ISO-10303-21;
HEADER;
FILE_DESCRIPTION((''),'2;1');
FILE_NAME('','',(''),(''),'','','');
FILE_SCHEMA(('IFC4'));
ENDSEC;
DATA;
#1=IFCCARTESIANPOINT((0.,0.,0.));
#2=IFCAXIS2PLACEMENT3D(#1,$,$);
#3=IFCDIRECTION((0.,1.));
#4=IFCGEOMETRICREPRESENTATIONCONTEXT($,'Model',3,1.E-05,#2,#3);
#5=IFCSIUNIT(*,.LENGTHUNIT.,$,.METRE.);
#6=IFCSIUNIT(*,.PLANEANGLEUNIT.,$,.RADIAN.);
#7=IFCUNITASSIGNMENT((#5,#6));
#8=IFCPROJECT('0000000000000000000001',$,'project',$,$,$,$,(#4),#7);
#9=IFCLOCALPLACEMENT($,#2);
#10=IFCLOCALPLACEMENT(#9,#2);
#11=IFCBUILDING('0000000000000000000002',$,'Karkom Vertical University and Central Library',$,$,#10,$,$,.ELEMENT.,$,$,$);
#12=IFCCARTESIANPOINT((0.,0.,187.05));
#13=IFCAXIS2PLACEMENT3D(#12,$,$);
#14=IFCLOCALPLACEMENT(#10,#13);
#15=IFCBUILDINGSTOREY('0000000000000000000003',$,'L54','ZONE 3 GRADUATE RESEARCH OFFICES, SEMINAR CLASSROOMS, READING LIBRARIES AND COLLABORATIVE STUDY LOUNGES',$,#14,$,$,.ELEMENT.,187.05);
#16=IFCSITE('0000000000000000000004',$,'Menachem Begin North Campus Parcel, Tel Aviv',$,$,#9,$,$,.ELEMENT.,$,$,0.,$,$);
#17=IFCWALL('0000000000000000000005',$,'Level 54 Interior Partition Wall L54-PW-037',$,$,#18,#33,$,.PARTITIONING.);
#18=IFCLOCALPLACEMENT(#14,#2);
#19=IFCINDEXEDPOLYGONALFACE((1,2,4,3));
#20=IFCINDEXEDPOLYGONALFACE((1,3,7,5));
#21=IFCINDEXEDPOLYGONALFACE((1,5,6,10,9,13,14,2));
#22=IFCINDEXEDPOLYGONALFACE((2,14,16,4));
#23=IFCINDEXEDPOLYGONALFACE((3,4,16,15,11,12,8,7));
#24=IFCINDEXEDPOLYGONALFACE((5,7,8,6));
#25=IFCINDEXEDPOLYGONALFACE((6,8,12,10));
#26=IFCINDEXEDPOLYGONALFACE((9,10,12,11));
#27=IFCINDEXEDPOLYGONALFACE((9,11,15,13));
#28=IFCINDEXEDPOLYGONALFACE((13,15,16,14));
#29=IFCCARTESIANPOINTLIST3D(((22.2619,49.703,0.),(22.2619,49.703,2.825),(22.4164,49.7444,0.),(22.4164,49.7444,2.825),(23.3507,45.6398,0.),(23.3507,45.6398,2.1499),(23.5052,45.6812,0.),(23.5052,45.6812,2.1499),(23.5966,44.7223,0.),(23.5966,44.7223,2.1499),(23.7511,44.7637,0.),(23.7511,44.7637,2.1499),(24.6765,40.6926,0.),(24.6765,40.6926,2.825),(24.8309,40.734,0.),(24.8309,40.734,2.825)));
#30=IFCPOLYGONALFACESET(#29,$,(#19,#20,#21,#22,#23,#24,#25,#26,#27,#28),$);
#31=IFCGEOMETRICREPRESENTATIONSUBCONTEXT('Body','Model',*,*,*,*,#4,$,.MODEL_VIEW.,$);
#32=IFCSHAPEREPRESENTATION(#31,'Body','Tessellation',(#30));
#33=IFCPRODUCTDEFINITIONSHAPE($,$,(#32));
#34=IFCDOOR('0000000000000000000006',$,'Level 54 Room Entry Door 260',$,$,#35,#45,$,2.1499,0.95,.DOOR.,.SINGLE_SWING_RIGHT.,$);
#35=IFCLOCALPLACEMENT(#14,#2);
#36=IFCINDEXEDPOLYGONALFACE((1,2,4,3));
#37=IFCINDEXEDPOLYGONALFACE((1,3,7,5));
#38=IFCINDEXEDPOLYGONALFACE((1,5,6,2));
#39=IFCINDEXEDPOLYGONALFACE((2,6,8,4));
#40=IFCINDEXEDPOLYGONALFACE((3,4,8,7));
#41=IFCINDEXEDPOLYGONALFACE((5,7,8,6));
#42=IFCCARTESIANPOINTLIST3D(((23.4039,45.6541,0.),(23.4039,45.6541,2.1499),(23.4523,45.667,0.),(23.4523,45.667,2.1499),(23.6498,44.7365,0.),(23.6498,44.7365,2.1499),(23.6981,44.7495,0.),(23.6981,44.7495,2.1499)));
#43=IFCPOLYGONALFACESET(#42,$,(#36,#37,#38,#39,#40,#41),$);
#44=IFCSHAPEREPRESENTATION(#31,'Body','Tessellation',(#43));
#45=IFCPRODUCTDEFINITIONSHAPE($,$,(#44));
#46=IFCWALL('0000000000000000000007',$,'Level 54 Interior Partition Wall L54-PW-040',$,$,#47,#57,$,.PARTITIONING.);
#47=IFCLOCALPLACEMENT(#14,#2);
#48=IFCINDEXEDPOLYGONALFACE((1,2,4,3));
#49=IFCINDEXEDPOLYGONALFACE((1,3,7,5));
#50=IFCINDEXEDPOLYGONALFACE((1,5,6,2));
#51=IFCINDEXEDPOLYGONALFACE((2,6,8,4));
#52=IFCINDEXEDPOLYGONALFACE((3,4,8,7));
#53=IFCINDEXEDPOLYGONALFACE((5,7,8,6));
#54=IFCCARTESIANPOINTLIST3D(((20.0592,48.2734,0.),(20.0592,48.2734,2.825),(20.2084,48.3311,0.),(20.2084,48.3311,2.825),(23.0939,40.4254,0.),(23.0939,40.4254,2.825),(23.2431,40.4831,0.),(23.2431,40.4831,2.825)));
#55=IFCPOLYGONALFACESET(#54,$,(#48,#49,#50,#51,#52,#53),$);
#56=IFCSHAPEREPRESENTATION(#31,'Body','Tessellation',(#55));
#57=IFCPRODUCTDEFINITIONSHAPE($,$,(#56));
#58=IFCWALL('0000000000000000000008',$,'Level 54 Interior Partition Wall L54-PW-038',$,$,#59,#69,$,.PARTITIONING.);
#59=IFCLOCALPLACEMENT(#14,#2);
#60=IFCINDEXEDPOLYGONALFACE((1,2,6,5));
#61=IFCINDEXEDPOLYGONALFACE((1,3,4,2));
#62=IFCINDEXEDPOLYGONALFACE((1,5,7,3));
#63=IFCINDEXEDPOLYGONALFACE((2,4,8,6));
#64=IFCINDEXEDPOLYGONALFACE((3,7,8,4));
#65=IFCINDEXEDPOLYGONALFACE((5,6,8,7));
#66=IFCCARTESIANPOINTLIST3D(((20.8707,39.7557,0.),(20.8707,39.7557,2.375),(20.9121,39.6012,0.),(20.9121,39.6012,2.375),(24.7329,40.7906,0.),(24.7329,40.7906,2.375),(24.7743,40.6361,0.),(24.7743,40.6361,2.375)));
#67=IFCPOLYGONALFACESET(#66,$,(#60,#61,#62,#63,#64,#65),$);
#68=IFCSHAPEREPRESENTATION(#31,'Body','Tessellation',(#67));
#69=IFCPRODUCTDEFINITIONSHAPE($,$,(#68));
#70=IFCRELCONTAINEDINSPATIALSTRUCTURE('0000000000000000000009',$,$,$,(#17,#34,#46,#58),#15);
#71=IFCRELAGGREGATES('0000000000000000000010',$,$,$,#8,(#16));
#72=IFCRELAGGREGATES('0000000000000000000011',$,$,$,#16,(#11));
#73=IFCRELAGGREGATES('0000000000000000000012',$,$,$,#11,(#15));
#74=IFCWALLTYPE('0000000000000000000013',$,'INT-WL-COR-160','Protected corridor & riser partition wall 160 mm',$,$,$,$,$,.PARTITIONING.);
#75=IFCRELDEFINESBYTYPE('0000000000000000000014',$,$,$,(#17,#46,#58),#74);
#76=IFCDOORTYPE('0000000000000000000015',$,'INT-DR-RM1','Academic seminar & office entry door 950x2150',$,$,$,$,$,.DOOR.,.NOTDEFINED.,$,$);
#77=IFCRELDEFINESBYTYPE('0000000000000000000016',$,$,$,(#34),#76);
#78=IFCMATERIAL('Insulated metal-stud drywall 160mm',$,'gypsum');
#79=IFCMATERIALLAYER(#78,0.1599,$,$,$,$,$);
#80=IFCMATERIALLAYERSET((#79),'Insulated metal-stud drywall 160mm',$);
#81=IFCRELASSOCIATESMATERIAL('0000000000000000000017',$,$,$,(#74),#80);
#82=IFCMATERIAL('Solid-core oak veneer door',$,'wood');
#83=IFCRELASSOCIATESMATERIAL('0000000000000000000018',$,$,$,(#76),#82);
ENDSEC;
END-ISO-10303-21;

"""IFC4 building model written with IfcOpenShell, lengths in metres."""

from ifc_helpers import new_model, si_unit, direction, frame, frame_2d, origin, origin_with_axes, place, context, subcontext, project, spatial, rectangle, extrude, source, transform, mapped, material, layer, layer_set, type_object, element, fill, save


model = new_model("IFC4")

# Units and contexts
model_context = context("Model", 3, precision=1e-05, world=origin(), true_north=direction((0.0, 1.0)))
body_context = subcontext(model_context, "Body", "Model", "MODEL_VIEW")
ifc_project = project(units=[si_unit("LENGTHUNIT", "METRE"), si_unit("PLANEANGLEUNIT", "RADIAN")], contexts=[model_context])

# Site, building, storey
site_placement = place(None, origin())
site = spatial("IfcSite", under=ifc_project, at=site_placement, Name="Menachem Begin North Campus Parcel, Tel Aviv", CompositionType="ELEMENT", RefElevation=0.0)
building_placement = place(site_placement, origin())
building = spatial("IfcBuilding", under=site, at=building_placement, Name="Karkom Vertical University and Central Library", CompositionType="ELEMENT")
storey_placement = place(building_placement, frame((0.0, 0.0, 187.05)))
storey = spatial("IfcBuildingStorey", under=building, at=storey_placement, Name="L54", Description="ZONE 3 GRADUATE RESEARCH OFFICES, SEMINAR CLASSROOMS, READING LIBRARIES AND COLLABORATIVE STUDY LOUNGES", CompositionType="ELEMENT", Elevation=187.05)

# Wall, opening, door
ifc_material_1 = material(Name="Insulated metal-stud drywall 160mm", Category="gypsum")
ifc_layer_1 = layer(ifc_material_1, 0.1599)
ifc_layer_set_1 = layer_set([ifc_layer_1], Name="Insulated metal-stud drywall 160mm")
wall_type_1 = type_object("IfcWallType", Name="INT-WL-COR-160", Description="Protected corridor & riser partition wall 160 mm", PredefinedType="PARTITIONING", material=ifc_layer_set_1)
wall_1_placement = place(storey_placement, frame((24.7537, 40.7134, 0.0), z_axis=(0.0, 0.0, 1.0), x_axis=(-0.258839, 0.965921, 0.0)))
wall_1 = element("IfcWall", 1, at=wall_1_placement, inside=storey, type_object=wall_type_1, Name="Level 54 Interior Partition Wall L54-PW-037", PredefinedType="PARTITIONING", context=body_context, shape_type="SweptSolid", body=[
    extrude(rectangle(XDim=9.3284, YDim=0.1599, at=frame_2d((4.6641, 0.0))), origin(), (0.0, 0.0, 1.0), 2.825),
])
opening_1_placement = place(wall_1_placement, frame((4.1716, 0.0, 0.0)))
opening_1 = element("IfcOpeningElement", 2, at=opening_1_placement, cuts=wall_1, PredefinedType="OPENING", context=body_context, shape_type="SweptSolid", body=[
    extrude(rectangle(XDim=0.95, YDim=2.1499, at=frame_2d((0.4751, 1.075))), frame((0.0, 0.0898, 0.0), z_axis=(0.0, -1.0, 0.0), x_axis=(1.0, 0.0, 0.0)), (0.0, 0.0, 1.0), 0.1799),
])
ifc_material_2 = material(Name="Solid-core oak veneer door", Category="wood")
door_type = type_object("IfcDoorType", Name="INT-DR-RM1", Description="Academic seminar & office entry door 950x2150", OperationType="NOTDEFINED", PredefinedType="DOOR", material=ifc_material_2)
shared_shape_1 = source(origin_with_axes(), body_context, "Body", "SweptSolid", [
    extrude(rectangle(XDim=0.95, YDim=2.1499, at=frame_2d((0.4751, 1.075))), frame((0.0, 0.0249, 0.0), z_axis=(0.0, -1.0, 0.0), x_axis=(1.0, 0.0, 0.0)), (0.0, 0.0, 1.0), 0.05),
])
door_placement = place(opening_1_placement, origin())
door = element("IfcDoor", 3, at=door_placement, inside=storey, type_object=door_type, Name="Level 54 Room Entry Door 260", OperationType="SINGLE_SWING_RIGHT", OverallHeight=2.1499, OverallWidth=0.95, PredefinedType="DOOR", context=body_context, shape_type="MappedRepresentation", body=[
    mapped(shared_shape_1, transform((0.0, 0.0, 0.0), scale=1.0)),
])
fill(opening_1, door)

# Walls
wall_2_placement = place(storey_placement, frame((23.1685, 40.4543, 0.0), z_axis=(0.0, 0.0, 1.0), x_axis=(-0.36066, 0.932697, 0.0)))
element("IfcWall", 4, at=wall_2_placement, inside=storey, type_object=wall_type_1, Name="Level 54 Interior Partition Wall L54-PW-040", PredefinedType="PARTITIONING", context=body_context, shape_type="SweptSolid", body=[
    extrude(rectangle(XDim=8.4143, YDim=0.1599, at=frame_2d((4.207, 0.0))), origin(), (0.0, 0.0, 1.0), 2.825),
])
wall_3_placement = place(storey_placement, frame((20.8914, 39.6785, 0.0), z_axis=(0.0, 0.0, 1.0), x_axis=(0.965925, 0.258822, 0.0)))
element("IfcWall", 5, at=wall_3_placement, inside=storey, type_object=wall_type_1, Name="Level 54 Interior Partition Wall L54-PW-038", PredefinedType="PARTITIONING", context=body_context, shape_type="SweptSolid", body=[
    extrude(rectangle(XDim=3.9985, YDim=0.1599, at=frame_2d((1.9993, 0.0))), origin(), (0.0, 0.0, 1.0), 2.375),
])

save(model, "model.ifc")
